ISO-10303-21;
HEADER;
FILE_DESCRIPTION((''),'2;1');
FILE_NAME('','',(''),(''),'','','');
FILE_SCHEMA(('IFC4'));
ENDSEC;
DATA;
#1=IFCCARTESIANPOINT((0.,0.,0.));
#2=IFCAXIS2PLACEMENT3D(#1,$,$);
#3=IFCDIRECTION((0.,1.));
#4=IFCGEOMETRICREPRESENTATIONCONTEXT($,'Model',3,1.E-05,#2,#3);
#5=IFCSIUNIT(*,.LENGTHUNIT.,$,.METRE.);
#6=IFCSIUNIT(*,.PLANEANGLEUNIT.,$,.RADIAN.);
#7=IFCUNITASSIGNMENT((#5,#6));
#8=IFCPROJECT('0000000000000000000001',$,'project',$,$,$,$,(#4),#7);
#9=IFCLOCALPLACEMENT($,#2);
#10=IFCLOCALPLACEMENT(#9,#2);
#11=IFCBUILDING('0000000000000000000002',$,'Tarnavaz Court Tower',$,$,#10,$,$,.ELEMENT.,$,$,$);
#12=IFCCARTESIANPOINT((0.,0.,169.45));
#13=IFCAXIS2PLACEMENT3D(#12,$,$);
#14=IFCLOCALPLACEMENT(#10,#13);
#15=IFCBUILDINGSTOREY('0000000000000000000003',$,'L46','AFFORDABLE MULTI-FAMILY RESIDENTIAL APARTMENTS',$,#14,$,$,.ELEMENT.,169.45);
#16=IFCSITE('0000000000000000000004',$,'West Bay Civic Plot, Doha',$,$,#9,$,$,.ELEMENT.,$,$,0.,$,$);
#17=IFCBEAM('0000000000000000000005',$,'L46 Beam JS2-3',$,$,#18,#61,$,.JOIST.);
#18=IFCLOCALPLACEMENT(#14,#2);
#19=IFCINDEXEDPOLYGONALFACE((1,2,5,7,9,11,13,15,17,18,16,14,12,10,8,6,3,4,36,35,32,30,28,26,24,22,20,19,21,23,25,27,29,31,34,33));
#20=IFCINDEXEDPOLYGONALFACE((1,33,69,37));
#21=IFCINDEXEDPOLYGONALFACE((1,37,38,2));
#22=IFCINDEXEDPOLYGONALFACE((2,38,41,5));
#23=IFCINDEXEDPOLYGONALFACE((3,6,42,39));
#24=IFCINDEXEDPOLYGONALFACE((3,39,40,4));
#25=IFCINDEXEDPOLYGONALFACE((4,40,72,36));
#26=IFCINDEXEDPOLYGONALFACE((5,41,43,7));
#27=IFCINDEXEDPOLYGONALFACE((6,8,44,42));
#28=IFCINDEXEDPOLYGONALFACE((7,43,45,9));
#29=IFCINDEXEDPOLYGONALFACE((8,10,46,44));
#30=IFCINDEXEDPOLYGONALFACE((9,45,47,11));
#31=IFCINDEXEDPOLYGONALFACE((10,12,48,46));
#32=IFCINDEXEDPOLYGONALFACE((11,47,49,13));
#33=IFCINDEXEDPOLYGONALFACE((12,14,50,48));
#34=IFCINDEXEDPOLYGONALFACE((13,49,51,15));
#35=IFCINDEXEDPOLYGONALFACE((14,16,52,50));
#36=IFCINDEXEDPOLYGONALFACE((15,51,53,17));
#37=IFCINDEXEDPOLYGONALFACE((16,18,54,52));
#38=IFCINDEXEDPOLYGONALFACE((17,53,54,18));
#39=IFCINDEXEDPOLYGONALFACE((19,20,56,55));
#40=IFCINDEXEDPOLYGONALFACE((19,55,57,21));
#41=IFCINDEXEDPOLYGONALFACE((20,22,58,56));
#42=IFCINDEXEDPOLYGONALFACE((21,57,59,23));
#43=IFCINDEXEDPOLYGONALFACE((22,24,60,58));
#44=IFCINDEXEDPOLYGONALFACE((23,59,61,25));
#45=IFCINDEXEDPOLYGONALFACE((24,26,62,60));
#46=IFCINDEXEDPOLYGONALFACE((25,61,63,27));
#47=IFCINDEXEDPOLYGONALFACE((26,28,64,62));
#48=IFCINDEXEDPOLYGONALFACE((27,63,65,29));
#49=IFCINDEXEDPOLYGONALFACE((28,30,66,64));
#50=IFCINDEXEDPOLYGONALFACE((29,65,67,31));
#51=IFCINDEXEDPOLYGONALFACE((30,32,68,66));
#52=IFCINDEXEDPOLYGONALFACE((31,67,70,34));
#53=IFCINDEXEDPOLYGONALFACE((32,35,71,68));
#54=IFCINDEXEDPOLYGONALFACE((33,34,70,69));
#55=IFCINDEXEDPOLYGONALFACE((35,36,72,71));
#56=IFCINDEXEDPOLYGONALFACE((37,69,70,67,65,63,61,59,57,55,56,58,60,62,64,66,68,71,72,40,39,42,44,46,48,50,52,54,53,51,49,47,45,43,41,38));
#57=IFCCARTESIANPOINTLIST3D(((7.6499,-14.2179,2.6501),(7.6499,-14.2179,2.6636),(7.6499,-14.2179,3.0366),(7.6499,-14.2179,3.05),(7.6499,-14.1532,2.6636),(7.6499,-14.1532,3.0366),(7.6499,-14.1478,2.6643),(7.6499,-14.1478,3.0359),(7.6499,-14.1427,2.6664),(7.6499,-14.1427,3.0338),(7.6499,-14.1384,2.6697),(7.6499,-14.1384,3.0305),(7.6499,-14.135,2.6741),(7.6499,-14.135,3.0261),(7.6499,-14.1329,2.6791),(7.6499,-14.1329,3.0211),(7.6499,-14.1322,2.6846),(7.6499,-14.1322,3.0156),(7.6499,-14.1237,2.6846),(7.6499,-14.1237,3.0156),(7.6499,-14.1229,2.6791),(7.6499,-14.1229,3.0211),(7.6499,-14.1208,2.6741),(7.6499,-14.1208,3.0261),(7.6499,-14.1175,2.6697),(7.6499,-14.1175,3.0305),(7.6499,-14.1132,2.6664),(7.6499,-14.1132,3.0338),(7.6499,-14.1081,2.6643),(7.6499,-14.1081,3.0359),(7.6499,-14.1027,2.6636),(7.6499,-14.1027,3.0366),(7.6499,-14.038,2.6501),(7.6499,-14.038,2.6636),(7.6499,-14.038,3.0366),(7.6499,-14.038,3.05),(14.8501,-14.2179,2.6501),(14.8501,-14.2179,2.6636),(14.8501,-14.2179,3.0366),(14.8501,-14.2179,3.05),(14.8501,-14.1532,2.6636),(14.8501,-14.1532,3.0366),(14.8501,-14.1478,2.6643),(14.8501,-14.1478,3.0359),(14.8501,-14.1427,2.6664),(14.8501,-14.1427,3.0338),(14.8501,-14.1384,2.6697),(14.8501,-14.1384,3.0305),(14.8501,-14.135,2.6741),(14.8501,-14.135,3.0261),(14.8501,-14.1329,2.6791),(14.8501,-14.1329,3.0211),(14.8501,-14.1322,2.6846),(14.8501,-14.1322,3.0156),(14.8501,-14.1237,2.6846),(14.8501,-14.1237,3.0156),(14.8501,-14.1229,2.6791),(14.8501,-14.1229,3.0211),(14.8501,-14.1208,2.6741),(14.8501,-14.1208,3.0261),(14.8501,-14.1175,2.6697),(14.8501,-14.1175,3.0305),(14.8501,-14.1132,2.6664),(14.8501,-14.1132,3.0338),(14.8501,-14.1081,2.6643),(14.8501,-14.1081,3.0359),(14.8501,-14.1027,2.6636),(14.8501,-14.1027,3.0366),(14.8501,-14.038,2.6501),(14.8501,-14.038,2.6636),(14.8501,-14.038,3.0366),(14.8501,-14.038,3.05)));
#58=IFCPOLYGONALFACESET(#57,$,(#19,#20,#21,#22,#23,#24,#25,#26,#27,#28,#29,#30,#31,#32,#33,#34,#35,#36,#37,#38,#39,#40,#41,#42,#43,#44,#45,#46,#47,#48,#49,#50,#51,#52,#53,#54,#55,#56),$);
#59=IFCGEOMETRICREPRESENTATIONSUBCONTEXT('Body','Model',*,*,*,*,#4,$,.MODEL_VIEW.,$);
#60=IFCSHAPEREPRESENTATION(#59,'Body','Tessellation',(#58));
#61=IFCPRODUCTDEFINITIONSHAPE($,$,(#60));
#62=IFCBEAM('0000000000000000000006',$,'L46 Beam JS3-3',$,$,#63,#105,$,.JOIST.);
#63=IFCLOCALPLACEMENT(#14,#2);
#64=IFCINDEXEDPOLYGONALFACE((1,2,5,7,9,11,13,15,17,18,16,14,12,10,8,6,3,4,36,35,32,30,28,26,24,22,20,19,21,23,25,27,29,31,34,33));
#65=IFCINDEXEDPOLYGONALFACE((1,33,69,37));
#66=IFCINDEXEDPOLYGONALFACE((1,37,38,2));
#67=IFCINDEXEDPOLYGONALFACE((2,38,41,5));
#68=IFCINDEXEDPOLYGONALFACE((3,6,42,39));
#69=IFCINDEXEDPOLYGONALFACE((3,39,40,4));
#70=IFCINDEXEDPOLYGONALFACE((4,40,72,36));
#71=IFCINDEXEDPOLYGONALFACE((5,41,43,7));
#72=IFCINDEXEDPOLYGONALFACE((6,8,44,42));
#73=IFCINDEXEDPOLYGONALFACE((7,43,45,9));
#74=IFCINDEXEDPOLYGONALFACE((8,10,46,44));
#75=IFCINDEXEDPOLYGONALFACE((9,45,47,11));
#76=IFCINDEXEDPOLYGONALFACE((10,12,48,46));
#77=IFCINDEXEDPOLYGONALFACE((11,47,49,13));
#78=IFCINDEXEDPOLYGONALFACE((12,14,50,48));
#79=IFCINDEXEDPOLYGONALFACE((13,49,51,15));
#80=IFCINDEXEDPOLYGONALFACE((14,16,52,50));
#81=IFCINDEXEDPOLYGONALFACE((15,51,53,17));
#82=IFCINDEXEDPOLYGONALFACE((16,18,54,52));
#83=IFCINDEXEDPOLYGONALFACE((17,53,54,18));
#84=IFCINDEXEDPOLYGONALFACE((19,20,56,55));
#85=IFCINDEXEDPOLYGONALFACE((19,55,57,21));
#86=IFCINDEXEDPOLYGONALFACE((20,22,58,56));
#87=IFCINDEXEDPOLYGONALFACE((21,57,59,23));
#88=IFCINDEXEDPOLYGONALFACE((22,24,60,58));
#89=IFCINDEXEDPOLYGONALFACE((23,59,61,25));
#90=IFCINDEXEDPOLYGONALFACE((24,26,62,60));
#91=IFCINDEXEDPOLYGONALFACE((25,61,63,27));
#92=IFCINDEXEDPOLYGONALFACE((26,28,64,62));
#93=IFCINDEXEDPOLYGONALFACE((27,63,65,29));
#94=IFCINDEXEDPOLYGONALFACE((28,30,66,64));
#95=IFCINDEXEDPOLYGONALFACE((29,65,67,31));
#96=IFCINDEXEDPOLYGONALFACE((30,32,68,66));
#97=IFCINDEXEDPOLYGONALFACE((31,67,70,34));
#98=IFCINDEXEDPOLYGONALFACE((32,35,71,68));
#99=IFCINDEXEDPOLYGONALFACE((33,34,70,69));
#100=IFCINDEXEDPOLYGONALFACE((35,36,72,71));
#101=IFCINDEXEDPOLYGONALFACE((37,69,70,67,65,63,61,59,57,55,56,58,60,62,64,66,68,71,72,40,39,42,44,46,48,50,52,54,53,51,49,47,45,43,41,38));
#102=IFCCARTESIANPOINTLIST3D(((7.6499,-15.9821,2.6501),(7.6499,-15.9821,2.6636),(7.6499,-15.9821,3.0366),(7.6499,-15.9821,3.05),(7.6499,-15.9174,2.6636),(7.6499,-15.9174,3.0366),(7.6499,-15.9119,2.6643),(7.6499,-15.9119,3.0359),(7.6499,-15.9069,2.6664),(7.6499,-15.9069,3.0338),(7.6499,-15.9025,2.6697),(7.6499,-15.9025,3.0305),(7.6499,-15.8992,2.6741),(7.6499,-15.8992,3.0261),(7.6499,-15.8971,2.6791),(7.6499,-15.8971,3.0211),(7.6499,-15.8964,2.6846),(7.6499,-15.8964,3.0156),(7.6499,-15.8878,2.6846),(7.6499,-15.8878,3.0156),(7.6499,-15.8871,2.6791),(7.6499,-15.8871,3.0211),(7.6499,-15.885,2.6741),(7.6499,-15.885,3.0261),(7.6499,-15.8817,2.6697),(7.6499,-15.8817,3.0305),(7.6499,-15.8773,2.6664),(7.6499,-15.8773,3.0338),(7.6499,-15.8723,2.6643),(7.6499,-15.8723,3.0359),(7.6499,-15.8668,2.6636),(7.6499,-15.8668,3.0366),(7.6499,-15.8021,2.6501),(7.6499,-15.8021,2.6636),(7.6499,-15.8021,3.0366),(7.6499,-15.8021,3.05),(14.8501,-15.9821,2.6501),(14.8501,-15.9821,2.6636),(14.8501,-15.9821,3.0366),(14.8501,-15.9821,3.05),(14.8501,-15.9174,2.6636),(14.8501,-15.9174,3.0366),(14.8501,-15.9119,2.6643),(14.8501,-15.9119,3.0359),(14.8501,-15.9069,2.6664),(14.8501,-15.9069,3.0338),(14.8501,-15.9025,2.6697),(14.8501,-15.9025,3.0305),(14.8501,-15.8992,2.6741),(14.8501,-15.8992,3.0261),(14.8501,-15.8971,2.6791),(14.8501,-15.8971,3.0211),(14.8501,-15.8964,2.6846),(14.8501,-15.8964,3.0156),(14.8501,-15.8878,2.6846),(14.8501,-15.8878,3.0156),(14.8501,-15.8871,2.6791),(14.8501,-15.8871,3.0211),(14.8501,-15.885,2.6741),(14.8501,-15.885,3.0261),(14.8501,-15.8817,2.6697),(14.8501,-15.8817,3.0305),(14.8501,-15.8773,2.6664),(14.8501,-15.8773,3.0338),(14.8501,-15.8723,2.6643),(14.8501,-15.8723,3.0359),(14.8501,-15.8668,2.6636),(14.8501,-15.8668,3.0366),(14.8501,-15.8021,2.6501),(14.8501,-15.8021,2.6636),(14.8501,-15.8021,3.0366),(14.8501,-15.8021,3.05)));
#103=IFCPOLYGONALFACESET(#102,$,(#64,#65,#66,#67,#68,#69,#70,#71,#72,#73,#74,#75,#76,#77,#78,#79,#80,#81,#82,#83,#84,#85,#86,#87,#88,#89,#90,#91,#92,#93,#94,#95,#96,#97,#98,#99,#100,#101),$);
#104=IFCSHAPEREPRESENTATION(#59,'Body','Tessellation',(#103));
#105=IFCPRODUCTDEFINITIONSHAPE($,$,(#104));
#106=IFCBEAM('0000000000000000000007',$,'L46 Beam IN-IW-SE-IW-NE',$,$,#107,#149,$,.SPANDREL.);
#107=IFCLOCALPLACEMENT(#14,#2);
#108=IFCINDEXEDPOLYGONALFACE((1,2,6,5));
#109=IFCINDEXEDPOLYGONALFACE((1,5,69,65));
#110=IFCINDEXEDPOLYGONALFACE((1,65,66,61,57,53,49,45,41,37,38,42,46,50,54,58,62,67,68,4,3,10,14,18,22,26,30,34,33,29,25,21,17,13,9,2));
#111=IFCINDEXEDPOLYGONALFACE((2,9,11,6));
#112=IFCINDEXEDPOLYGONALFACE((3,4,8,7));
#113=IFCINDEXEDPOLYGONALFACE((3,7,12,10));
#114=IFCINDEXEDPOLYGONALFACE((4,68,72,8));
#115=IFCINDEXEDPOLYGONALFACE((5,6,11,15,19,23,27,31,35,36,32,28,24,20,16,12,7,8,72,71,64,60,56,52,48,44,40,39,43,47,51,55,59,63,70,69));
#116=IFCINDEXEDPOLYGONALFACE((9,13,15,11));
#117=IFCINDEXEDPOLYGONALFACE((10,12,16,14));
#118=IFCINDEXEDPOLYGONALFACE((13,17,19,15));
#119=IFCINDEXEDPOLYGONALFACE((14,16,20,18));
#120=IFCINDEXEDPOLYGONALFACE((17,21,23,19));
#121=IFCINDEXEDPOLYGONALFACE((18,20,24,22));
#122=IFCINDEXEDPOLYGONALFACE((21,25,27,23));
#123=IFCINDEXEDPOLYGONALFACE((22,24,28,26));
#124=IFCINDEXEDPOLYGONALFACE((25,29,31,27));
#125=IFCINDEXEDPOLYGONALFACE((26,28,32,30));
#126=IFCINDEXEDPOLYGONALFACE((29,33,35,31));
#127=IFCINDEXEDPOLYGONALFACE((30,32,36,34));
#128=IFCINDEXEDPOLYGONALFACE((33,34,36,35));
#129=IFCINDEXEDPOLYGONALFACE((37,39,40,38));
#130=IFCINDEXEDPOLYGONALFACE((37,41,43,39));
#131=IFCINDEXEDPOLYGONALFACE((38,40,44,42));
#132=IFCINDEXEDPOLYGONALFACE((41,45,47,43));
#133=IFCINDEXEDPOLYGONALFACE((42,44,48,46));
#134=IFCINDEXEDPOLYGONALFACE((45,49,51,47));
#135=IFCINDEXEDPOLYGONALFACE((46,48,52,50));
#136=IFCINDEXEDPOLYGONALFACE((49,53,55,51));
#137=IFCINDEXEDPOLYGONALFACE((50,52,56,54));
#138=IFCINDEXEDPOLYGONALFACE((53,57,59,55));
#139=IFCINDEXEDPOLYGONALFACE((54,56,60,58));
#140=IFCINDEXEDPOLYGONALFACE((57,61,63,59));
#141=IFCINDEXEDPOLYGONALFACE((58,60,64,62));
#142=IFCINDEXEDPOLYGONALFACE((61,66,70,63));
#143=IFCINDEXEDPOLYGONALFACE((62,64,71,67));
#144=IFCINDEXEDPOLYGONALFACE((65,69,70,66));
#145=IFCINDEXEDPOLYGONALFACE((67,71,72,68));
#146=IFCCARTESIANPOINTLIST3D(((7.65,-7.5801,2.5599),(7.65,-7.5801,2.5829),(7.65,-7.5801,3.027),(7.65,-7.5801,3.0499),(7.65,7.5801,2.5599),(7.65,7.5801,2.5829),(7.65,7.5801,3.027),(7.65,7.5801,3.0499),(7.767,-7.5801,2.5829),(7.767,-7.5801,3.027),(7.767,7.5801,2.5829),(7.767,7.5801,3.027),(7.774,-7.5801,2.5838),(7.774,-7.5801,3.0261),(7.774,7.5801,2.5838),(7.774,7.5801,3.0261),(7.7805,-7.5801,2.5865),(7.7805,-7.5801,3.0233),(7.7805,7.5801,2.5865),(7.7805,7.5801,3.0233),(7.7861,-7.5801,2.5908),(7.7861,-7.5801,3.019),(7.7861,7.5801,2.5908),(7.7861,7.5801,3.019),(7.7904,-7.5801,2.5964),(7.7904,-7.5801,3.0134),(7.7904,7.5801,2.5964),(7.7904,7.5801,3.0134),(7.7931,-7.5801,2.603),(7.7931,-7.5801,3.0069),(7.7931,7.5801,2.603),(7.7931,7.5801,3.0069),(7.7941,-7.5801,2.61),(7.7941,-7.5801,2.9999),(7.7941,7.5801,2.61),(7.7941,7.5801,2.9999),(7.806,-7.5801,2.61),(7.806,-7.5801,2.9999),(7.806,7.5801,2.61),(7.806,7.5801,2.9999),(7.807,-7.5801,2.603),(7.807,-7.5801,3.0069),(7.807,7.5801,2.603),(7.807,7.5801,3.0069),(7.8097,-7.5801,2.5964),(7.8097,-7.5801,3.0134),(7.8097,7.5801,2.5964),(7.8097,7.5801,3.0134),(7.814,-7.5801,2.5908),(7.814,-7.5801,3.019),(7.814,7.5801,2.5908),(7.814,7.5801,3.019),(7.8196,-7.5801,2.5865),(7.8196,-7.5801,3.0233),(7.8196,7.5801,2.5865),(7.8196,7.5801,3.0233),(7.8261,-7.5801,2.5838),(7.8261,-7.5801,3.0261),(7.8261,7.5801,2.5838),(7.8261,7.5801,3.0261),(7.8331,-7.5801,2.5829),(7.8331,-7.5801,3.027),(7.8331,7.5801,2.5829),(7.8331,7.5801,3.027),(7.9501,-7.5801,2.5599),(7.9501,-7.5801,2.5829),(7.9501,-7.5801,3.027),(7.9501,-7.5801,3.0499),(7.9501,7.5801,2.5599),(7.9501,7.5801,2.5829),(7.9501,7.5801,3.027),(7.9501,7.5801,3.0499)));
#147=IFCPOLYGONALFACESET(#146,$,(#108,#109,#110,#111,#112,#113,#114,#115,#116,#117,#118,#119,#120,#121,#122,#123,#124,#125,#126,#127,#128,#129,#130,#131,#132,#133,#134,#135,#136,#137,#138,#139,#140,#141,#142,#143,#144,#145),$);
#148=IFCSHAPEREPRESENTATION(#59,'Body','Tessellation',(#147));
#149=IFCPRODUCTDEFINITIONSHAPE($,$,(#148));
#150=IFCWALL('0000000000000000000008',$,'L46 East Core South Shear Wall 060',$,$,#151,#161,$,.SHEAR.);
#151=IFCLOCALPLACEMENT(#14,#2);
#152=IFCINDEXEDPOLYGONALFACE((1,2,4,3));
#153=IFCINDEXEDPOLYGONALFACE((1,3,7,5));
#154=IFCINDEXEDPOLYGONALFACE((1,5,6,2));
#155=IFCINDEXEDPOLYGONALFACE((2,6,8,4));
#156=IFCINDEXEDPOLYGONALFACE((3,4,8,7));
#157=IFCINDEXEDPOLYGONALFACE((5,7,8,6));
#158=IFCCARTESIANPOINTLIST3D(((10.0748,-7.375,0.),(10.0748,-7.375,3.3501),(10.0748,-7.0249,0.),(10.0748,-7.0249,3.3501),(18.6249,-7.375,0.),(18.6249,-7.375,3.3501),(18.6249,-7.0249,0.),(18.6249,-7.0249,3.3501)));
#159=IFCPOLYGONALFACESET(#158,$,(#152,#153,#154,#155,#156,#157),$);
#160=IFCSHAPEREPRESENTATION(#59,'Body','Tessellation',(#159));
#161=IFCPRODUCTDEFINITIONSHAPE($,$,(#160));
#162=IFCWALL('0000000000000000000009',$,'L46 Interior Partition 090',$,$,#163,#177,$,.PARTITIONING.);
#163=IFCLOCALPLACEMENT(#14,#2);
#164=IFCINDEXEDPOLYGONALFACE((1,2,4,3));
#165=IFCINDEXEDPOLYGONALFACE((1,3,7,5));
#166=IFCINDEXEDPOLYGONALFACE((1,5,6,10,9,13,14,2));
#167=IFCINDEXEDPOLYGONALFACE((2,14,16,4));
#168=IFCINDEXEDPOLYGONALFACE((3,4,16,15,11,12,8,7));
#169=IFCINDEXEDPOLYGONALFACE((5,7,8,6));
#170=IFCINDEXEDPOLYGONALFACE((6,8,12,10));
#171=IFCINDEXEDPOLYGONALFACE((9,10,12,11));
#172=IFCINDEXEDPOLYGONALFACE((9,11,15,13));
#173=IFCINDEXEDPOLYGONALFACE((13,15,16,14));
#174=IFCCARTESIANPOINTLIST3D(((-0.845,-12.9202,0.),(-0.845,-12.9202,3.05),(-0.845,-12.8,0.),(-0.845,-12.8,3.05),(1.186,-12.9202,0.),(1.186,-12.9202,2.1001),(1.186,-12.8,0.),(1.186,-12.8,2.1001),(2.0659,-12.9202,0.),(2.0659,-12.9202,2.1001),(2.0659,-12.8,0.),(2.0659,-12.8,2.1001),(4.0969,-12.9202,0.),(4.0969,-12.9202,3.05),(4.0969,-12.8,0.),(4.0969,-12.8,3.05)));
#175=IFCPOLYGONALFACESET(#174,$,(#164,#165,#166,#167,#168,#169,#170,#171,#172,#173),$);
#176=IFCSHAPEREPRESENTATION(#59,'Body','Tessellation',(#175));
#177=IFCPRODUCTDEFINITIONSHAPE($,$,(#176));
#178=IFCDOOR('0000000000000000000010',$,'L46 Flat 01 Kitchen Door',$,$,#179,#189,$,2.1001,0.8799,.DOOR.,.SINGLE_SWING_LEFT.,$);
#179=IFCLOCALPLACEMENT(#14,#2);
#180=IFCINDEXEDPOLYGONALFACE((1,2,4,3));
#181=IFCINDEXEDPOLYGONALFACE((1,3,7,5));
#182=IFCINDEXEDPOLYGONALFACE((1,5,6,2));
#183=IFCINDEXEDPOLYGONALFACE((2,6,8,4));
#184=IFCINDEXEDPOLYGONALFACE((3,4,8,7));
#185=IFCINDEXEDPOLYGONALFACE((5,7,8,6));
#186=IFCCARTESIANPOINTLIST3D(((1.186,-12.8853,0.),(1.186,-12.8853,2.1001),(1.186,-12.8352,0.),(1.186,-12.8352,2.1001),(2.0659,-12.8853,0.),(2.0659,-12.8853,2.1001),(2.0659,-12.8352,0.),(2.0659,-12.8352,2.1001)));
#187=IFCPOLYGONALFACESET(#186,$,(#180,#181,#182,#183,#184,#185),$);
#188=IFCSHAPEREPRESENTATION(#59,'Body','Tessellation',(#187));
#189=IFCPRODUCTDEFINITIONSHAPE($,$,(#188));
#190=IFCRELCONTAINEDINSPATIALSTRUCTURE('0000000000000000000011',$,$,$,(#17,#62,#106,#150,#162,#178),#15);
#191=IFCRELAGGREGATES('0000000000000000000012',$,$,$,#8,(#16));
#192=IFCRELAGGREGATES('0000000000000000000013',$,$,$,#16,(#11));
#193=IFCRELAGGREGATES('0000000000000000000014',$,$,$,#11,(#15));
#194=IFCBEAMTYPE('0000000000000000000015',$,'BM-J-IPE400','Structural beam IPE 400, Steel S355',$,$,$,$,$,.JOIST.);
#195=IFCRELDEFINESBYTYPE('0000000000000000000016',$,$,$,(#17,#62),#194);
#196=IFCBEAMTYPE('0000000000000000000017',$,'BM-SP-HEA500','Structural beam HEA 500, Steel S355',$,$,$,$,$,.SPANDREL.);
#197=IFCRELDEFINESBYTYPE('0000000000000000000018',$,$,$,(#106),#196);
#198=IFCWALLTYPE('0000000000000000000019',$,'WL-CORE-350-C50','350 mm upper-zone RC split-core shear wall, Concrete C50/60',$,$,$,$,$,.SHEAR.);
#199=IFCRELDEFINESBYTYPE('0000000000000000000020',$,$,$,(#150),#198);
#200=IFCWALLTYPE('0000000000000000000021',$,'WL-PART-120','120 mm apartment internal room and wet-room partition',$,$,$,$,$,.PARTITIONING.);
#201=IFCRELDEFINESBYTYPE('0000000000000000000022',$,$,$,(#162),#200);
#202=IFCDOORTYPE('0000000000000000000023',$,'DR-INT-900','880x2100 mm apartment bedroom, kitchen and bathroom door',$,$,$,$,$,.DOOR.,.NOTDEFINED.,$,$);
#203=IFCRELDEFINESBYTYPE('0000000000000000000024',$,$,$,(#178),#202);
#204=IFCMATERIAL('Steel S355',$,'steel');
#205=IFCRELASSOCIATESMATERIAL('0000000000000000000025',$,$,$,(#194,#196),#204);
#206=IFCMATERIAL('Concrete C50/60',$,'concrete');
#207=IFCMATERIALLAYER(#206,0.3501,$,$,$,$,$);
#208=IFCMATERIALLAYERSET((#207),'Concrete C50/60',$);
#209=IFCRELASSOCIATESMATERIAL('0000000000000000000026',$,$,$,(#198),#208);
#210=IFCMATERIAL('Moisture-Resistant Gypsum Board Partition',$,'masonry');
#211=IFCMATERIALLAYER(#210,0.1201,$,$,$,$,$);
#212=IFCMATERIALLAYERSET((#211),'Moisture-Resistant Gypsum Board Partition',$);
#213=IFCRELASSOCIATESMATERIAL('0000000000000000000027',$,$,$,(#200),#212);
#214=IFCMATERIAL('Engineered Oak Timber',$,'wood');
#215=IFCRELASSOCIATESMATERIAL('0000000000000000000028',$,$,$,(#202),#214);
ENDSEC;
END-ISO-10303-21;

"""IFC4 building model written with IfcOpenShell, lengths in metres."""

from ifc_helpers import new_model, si_unit, direction, frame, frame_2d, origin, origin_2d, place, context, subcontext, project, spatial, rectangle, i_section, extrude, material, layer, layer_set, material_profile, profile_set, type_object, element, fill, save


model = new_model("IFC4")

# Units and contexts
model_context = context("Model", 3, precision=1e-05, world=origin(), true_north=direction((0.0, 1.0)))
body_context = subcontext(model_context, "Body", "Model", "MODEL_VIEW")
ifc_project = project(units=[si_unit("LENGTHUNIT", "METRE"), si_unit("PLANEANGLEUNIT", "RADIAN")], contexts=[model_context])

# Site, building, storey
site_placement = place(None, origin())
site = spatial("IfcSite", under=ifc_project, at=site_placement, Name="West Bay Civic Plot, Doha", CompositionType="ELEMENT", RefElevation=0.0)
building_placement = place(site_placement, origin())
building = spatial("IfcBuilding", under=site, at=building_placement, Name="Tarnavaz Court Tower", CompositionType="ELEMENT")
storey_placement = place(building_placement, frame((0.0, 0.0, 169.45)))
storey = spatial("IfcBuildingStorey", under=building, at=storey_placement, Name="L46", Description="AFFORDABLE MULTI-FAMILY RESIDENTIAL APARTMENTS", CompositionType="ELEMENT", Elevation=169.45)

# Beams
ifc_material_1 = material(Name="Steel S355", Category="steel")
ifc_material_profile_1 = material_profile(ifc_material_1, i_section(OverallWidth=0.1799, OverallDepth=0.3999, WebThickness=0.0085, FlangeThickness=0.0134, FilletRadius=0.021, at=origin_2d()), Name="IPE 400")
ifc_profile_set_1 = profile_set([ifc_material_profile_1], Name="Steel S355")
beam_type_1 = type_object("IfcBeamType", Name="BM-J-IPE400", Description="Structural beam IPE 400, Steel S355", PredefinedType="JOIST", material=ifc_profile_set_1)
for number, where, z_axis, x_axis, name in (
    (1, (7.6499, -14.1279, 2.8501), (1.0, 0.0, 0.0), (0.0, 1.0, 0.0), "L46 Beam JS2-3"),
    (2, (7.6499, -15.8921, 2.8501), (1.0, 0.0, 0.0), (0.0, 1.0, 0.0), "L46 Beam JS3-3"),
):
    element("IfcBeam", number, at=place(storey_placement, frame(where, z_axis=z_axis, x_axis=x_axis)), inside=storey, type_object=beam_type_1, Name=name, PredefinedType="JOIST", context=body_context, shape_type="SweptSolid", body=[
        extrude(i_section(OverallWidth=0.1799, OverallDepth=0.3999, WebThickness=0.0085, FlangeThickness=0.0134, FilletRadius=0.021, at=origin_2d()), origin(), (0.0, 0.0, 1.0), 7.2002),
    ])
ifc_material_profile_2 = material_profile(ifc_material_1, i_section(OverallWidth=0.3, OverallDepth=0.49, WebThickness=0.012, FlangeThickness=0.0229, FilletRadius=0.0271, at=origin_2d()), Name="HEA 500")
ifc_profile_set_2 = profile_set([ifc_material_profile_2], Name="Steel S355")
beam_type_2 = type_object("IfcBeamType", Name="BM-SP-HEA500", Description="Structural beam HEA 500, Steel S355", PredefinedType="SPANDREL", material=ifc_profile_set_2)
beam_1_placement = place(storey_placement, frame((7.8, -7.5801, 2.8049), z_axis=(0.0, 1.0, 0.0), x_axis=(-1.0, 0.0, 0.0)))
element("IfcBeam", 3, at=beam_1_placement, inside=storey, type_object=beam_type_2, Name="L46 Beam IN-IW-SE-IW-NE", PredefinedType="SPANDREL", context=body_context, shape_type="SweptSolid", body=[
    extrude(i_section(OverallWidth=0.3, OverallDepth=0.49, WebThickness=0.012, FlangeThickness=0.0229, FilletRadius=0.0271, at=origin_2d()), origin(), (0.0, 0.0, 1.0), 15.1602),
])

# Wall
ifc_material_2 = material(Name="Concrete C50/60", Category="concrete")
ifc_layer_1 = layer(ifc_material_2, 0.3501)
ifc_layer_set_1 = layer_set([ifc_layer_1], Name="Concrete C50/60")
wall_type_1 = type_object("IfcWallType", Name="WL-CORE-350-C50", Description="350 mm upper-zone RC split-core shear wall, Concrete C50/60", PredefinedType="SHEAR", material=ifc_layer_set_1)
wall_1_placement = place(storey_placement, frame((10.075, -7.2, 0.0), z_axis=(0.0, 0.0, 1.0), x_axis=(1.0, 0.0, 0.0)))
element("IfcWall", 4, at=wall_1_placement, inside=storey, type_object=wall_type_1, Name="L46 East Core South Shear Wall 060", PredefinedType="SHEAR", context=body_context, shape_type="SweptSolid", body=[
    extrude(rectangle(XDim=8.55, YDim=0.3501, at=frame_2d((4.2749, 0.0))), origin(), (0.0, 0.0, 1.0), 3.3501),
])

# Shared definitions
ifc_material_3 = material(Name="Engineered Oak Timber", Category="wood")

# Wall, opening, door
ifc_material_4 = material(Name="Moisture-Resistant Gypsum Board Partition", Category="masonry")
ifc_layer_2 = layer(ifc_material_4, 0.1201)
ifc_layer_set_2 = layer_set([ifc_layer_2], Name="Moisture-Resistant Gypsum Board Partition")
wall_type_2 = type_object("IfcWallType", Name="WL-PART-120", Description="120 mm apartment internal room and wet-room partition", PredefinedType="PARTITIONING", material=ifc_layer_set_2)
wall_2_placement = place(storey_placement, frame((-0.845, -12.8601, 0.0), z_axis=(0.0, 0.0, 1.0), x_axis=(1.0, 0.0, 0.0)))
wall_2 = element("IfcWall", 5, at=wall_2_placement, inside=storey, type_object=wall_type_2, Name="L46 Interior Partition 090", PredefinedType="PARTITIONING", context=body_context, shape_type="SweptSolid", body=[
    extrude(rectangle(XDim=4.9419, YDim=0.1201, at=frame_2d((2.4709, 0.0))), origin(), (0.0, 0.0, 1.0), 3.05),
])
opening_1_placement = place(wall_2_placement, frame((2.031, 0.0, 0.0)))
opening_1 = element("IfcOpeningElement", 6, at=opening_1_placement, cuts=wall_2, PredefinedType="OPENING", context=body_context, shape_type="SweptSolid", body=[
    extrude(rectangle(XDim=0.8799, YDim=2.1001, at=frame_2d((0.4399, 1.05))), frame((0.0, 0.0701, 0.0), z_axis=(0.0, -1.0, 0.0), x_axis=(1.0, 0.0, 0.0)), (0.0, 0.0, 1.0), 0.1401),
])
door_type_1 = type_object("IfcDoorType", Name="DR-INT-900", Description="880x2100 mm apartment bedroom, kitchen and bathroom door", OperationType="NOTDEFINED", PredefinedType="DOOR", material=ifc_material_3)
door_1_placement = place(opening_1_placement, origin())
door_1 = element("IfcDoor", 7, at=door_1_placement, inside=storey, type_object=door_type_1, Name="L46 Flat 01 Kitchen Door", OperationType="SINGLE_SWING_LEFT", OverallHeight=2.1001, OverallWidth=0.8799, PredefinedType="DOOR", context=body_context, shape_type="SweptSolid", body=[
    extrude(rectangle(XDim=0.8799, YDim=2.1001, at=frame_2d((0.4399, 1.05))), frame((0.0, 0.0249, 0.0), z_axis=(0.0, -1.0, 0.0), x_axis=(1.0, 0.0, 0.0)), (0.0, 0.0, 1.0), 0.05),
])
fill(opening_1, door_1)

save(model, "model.ifc")
